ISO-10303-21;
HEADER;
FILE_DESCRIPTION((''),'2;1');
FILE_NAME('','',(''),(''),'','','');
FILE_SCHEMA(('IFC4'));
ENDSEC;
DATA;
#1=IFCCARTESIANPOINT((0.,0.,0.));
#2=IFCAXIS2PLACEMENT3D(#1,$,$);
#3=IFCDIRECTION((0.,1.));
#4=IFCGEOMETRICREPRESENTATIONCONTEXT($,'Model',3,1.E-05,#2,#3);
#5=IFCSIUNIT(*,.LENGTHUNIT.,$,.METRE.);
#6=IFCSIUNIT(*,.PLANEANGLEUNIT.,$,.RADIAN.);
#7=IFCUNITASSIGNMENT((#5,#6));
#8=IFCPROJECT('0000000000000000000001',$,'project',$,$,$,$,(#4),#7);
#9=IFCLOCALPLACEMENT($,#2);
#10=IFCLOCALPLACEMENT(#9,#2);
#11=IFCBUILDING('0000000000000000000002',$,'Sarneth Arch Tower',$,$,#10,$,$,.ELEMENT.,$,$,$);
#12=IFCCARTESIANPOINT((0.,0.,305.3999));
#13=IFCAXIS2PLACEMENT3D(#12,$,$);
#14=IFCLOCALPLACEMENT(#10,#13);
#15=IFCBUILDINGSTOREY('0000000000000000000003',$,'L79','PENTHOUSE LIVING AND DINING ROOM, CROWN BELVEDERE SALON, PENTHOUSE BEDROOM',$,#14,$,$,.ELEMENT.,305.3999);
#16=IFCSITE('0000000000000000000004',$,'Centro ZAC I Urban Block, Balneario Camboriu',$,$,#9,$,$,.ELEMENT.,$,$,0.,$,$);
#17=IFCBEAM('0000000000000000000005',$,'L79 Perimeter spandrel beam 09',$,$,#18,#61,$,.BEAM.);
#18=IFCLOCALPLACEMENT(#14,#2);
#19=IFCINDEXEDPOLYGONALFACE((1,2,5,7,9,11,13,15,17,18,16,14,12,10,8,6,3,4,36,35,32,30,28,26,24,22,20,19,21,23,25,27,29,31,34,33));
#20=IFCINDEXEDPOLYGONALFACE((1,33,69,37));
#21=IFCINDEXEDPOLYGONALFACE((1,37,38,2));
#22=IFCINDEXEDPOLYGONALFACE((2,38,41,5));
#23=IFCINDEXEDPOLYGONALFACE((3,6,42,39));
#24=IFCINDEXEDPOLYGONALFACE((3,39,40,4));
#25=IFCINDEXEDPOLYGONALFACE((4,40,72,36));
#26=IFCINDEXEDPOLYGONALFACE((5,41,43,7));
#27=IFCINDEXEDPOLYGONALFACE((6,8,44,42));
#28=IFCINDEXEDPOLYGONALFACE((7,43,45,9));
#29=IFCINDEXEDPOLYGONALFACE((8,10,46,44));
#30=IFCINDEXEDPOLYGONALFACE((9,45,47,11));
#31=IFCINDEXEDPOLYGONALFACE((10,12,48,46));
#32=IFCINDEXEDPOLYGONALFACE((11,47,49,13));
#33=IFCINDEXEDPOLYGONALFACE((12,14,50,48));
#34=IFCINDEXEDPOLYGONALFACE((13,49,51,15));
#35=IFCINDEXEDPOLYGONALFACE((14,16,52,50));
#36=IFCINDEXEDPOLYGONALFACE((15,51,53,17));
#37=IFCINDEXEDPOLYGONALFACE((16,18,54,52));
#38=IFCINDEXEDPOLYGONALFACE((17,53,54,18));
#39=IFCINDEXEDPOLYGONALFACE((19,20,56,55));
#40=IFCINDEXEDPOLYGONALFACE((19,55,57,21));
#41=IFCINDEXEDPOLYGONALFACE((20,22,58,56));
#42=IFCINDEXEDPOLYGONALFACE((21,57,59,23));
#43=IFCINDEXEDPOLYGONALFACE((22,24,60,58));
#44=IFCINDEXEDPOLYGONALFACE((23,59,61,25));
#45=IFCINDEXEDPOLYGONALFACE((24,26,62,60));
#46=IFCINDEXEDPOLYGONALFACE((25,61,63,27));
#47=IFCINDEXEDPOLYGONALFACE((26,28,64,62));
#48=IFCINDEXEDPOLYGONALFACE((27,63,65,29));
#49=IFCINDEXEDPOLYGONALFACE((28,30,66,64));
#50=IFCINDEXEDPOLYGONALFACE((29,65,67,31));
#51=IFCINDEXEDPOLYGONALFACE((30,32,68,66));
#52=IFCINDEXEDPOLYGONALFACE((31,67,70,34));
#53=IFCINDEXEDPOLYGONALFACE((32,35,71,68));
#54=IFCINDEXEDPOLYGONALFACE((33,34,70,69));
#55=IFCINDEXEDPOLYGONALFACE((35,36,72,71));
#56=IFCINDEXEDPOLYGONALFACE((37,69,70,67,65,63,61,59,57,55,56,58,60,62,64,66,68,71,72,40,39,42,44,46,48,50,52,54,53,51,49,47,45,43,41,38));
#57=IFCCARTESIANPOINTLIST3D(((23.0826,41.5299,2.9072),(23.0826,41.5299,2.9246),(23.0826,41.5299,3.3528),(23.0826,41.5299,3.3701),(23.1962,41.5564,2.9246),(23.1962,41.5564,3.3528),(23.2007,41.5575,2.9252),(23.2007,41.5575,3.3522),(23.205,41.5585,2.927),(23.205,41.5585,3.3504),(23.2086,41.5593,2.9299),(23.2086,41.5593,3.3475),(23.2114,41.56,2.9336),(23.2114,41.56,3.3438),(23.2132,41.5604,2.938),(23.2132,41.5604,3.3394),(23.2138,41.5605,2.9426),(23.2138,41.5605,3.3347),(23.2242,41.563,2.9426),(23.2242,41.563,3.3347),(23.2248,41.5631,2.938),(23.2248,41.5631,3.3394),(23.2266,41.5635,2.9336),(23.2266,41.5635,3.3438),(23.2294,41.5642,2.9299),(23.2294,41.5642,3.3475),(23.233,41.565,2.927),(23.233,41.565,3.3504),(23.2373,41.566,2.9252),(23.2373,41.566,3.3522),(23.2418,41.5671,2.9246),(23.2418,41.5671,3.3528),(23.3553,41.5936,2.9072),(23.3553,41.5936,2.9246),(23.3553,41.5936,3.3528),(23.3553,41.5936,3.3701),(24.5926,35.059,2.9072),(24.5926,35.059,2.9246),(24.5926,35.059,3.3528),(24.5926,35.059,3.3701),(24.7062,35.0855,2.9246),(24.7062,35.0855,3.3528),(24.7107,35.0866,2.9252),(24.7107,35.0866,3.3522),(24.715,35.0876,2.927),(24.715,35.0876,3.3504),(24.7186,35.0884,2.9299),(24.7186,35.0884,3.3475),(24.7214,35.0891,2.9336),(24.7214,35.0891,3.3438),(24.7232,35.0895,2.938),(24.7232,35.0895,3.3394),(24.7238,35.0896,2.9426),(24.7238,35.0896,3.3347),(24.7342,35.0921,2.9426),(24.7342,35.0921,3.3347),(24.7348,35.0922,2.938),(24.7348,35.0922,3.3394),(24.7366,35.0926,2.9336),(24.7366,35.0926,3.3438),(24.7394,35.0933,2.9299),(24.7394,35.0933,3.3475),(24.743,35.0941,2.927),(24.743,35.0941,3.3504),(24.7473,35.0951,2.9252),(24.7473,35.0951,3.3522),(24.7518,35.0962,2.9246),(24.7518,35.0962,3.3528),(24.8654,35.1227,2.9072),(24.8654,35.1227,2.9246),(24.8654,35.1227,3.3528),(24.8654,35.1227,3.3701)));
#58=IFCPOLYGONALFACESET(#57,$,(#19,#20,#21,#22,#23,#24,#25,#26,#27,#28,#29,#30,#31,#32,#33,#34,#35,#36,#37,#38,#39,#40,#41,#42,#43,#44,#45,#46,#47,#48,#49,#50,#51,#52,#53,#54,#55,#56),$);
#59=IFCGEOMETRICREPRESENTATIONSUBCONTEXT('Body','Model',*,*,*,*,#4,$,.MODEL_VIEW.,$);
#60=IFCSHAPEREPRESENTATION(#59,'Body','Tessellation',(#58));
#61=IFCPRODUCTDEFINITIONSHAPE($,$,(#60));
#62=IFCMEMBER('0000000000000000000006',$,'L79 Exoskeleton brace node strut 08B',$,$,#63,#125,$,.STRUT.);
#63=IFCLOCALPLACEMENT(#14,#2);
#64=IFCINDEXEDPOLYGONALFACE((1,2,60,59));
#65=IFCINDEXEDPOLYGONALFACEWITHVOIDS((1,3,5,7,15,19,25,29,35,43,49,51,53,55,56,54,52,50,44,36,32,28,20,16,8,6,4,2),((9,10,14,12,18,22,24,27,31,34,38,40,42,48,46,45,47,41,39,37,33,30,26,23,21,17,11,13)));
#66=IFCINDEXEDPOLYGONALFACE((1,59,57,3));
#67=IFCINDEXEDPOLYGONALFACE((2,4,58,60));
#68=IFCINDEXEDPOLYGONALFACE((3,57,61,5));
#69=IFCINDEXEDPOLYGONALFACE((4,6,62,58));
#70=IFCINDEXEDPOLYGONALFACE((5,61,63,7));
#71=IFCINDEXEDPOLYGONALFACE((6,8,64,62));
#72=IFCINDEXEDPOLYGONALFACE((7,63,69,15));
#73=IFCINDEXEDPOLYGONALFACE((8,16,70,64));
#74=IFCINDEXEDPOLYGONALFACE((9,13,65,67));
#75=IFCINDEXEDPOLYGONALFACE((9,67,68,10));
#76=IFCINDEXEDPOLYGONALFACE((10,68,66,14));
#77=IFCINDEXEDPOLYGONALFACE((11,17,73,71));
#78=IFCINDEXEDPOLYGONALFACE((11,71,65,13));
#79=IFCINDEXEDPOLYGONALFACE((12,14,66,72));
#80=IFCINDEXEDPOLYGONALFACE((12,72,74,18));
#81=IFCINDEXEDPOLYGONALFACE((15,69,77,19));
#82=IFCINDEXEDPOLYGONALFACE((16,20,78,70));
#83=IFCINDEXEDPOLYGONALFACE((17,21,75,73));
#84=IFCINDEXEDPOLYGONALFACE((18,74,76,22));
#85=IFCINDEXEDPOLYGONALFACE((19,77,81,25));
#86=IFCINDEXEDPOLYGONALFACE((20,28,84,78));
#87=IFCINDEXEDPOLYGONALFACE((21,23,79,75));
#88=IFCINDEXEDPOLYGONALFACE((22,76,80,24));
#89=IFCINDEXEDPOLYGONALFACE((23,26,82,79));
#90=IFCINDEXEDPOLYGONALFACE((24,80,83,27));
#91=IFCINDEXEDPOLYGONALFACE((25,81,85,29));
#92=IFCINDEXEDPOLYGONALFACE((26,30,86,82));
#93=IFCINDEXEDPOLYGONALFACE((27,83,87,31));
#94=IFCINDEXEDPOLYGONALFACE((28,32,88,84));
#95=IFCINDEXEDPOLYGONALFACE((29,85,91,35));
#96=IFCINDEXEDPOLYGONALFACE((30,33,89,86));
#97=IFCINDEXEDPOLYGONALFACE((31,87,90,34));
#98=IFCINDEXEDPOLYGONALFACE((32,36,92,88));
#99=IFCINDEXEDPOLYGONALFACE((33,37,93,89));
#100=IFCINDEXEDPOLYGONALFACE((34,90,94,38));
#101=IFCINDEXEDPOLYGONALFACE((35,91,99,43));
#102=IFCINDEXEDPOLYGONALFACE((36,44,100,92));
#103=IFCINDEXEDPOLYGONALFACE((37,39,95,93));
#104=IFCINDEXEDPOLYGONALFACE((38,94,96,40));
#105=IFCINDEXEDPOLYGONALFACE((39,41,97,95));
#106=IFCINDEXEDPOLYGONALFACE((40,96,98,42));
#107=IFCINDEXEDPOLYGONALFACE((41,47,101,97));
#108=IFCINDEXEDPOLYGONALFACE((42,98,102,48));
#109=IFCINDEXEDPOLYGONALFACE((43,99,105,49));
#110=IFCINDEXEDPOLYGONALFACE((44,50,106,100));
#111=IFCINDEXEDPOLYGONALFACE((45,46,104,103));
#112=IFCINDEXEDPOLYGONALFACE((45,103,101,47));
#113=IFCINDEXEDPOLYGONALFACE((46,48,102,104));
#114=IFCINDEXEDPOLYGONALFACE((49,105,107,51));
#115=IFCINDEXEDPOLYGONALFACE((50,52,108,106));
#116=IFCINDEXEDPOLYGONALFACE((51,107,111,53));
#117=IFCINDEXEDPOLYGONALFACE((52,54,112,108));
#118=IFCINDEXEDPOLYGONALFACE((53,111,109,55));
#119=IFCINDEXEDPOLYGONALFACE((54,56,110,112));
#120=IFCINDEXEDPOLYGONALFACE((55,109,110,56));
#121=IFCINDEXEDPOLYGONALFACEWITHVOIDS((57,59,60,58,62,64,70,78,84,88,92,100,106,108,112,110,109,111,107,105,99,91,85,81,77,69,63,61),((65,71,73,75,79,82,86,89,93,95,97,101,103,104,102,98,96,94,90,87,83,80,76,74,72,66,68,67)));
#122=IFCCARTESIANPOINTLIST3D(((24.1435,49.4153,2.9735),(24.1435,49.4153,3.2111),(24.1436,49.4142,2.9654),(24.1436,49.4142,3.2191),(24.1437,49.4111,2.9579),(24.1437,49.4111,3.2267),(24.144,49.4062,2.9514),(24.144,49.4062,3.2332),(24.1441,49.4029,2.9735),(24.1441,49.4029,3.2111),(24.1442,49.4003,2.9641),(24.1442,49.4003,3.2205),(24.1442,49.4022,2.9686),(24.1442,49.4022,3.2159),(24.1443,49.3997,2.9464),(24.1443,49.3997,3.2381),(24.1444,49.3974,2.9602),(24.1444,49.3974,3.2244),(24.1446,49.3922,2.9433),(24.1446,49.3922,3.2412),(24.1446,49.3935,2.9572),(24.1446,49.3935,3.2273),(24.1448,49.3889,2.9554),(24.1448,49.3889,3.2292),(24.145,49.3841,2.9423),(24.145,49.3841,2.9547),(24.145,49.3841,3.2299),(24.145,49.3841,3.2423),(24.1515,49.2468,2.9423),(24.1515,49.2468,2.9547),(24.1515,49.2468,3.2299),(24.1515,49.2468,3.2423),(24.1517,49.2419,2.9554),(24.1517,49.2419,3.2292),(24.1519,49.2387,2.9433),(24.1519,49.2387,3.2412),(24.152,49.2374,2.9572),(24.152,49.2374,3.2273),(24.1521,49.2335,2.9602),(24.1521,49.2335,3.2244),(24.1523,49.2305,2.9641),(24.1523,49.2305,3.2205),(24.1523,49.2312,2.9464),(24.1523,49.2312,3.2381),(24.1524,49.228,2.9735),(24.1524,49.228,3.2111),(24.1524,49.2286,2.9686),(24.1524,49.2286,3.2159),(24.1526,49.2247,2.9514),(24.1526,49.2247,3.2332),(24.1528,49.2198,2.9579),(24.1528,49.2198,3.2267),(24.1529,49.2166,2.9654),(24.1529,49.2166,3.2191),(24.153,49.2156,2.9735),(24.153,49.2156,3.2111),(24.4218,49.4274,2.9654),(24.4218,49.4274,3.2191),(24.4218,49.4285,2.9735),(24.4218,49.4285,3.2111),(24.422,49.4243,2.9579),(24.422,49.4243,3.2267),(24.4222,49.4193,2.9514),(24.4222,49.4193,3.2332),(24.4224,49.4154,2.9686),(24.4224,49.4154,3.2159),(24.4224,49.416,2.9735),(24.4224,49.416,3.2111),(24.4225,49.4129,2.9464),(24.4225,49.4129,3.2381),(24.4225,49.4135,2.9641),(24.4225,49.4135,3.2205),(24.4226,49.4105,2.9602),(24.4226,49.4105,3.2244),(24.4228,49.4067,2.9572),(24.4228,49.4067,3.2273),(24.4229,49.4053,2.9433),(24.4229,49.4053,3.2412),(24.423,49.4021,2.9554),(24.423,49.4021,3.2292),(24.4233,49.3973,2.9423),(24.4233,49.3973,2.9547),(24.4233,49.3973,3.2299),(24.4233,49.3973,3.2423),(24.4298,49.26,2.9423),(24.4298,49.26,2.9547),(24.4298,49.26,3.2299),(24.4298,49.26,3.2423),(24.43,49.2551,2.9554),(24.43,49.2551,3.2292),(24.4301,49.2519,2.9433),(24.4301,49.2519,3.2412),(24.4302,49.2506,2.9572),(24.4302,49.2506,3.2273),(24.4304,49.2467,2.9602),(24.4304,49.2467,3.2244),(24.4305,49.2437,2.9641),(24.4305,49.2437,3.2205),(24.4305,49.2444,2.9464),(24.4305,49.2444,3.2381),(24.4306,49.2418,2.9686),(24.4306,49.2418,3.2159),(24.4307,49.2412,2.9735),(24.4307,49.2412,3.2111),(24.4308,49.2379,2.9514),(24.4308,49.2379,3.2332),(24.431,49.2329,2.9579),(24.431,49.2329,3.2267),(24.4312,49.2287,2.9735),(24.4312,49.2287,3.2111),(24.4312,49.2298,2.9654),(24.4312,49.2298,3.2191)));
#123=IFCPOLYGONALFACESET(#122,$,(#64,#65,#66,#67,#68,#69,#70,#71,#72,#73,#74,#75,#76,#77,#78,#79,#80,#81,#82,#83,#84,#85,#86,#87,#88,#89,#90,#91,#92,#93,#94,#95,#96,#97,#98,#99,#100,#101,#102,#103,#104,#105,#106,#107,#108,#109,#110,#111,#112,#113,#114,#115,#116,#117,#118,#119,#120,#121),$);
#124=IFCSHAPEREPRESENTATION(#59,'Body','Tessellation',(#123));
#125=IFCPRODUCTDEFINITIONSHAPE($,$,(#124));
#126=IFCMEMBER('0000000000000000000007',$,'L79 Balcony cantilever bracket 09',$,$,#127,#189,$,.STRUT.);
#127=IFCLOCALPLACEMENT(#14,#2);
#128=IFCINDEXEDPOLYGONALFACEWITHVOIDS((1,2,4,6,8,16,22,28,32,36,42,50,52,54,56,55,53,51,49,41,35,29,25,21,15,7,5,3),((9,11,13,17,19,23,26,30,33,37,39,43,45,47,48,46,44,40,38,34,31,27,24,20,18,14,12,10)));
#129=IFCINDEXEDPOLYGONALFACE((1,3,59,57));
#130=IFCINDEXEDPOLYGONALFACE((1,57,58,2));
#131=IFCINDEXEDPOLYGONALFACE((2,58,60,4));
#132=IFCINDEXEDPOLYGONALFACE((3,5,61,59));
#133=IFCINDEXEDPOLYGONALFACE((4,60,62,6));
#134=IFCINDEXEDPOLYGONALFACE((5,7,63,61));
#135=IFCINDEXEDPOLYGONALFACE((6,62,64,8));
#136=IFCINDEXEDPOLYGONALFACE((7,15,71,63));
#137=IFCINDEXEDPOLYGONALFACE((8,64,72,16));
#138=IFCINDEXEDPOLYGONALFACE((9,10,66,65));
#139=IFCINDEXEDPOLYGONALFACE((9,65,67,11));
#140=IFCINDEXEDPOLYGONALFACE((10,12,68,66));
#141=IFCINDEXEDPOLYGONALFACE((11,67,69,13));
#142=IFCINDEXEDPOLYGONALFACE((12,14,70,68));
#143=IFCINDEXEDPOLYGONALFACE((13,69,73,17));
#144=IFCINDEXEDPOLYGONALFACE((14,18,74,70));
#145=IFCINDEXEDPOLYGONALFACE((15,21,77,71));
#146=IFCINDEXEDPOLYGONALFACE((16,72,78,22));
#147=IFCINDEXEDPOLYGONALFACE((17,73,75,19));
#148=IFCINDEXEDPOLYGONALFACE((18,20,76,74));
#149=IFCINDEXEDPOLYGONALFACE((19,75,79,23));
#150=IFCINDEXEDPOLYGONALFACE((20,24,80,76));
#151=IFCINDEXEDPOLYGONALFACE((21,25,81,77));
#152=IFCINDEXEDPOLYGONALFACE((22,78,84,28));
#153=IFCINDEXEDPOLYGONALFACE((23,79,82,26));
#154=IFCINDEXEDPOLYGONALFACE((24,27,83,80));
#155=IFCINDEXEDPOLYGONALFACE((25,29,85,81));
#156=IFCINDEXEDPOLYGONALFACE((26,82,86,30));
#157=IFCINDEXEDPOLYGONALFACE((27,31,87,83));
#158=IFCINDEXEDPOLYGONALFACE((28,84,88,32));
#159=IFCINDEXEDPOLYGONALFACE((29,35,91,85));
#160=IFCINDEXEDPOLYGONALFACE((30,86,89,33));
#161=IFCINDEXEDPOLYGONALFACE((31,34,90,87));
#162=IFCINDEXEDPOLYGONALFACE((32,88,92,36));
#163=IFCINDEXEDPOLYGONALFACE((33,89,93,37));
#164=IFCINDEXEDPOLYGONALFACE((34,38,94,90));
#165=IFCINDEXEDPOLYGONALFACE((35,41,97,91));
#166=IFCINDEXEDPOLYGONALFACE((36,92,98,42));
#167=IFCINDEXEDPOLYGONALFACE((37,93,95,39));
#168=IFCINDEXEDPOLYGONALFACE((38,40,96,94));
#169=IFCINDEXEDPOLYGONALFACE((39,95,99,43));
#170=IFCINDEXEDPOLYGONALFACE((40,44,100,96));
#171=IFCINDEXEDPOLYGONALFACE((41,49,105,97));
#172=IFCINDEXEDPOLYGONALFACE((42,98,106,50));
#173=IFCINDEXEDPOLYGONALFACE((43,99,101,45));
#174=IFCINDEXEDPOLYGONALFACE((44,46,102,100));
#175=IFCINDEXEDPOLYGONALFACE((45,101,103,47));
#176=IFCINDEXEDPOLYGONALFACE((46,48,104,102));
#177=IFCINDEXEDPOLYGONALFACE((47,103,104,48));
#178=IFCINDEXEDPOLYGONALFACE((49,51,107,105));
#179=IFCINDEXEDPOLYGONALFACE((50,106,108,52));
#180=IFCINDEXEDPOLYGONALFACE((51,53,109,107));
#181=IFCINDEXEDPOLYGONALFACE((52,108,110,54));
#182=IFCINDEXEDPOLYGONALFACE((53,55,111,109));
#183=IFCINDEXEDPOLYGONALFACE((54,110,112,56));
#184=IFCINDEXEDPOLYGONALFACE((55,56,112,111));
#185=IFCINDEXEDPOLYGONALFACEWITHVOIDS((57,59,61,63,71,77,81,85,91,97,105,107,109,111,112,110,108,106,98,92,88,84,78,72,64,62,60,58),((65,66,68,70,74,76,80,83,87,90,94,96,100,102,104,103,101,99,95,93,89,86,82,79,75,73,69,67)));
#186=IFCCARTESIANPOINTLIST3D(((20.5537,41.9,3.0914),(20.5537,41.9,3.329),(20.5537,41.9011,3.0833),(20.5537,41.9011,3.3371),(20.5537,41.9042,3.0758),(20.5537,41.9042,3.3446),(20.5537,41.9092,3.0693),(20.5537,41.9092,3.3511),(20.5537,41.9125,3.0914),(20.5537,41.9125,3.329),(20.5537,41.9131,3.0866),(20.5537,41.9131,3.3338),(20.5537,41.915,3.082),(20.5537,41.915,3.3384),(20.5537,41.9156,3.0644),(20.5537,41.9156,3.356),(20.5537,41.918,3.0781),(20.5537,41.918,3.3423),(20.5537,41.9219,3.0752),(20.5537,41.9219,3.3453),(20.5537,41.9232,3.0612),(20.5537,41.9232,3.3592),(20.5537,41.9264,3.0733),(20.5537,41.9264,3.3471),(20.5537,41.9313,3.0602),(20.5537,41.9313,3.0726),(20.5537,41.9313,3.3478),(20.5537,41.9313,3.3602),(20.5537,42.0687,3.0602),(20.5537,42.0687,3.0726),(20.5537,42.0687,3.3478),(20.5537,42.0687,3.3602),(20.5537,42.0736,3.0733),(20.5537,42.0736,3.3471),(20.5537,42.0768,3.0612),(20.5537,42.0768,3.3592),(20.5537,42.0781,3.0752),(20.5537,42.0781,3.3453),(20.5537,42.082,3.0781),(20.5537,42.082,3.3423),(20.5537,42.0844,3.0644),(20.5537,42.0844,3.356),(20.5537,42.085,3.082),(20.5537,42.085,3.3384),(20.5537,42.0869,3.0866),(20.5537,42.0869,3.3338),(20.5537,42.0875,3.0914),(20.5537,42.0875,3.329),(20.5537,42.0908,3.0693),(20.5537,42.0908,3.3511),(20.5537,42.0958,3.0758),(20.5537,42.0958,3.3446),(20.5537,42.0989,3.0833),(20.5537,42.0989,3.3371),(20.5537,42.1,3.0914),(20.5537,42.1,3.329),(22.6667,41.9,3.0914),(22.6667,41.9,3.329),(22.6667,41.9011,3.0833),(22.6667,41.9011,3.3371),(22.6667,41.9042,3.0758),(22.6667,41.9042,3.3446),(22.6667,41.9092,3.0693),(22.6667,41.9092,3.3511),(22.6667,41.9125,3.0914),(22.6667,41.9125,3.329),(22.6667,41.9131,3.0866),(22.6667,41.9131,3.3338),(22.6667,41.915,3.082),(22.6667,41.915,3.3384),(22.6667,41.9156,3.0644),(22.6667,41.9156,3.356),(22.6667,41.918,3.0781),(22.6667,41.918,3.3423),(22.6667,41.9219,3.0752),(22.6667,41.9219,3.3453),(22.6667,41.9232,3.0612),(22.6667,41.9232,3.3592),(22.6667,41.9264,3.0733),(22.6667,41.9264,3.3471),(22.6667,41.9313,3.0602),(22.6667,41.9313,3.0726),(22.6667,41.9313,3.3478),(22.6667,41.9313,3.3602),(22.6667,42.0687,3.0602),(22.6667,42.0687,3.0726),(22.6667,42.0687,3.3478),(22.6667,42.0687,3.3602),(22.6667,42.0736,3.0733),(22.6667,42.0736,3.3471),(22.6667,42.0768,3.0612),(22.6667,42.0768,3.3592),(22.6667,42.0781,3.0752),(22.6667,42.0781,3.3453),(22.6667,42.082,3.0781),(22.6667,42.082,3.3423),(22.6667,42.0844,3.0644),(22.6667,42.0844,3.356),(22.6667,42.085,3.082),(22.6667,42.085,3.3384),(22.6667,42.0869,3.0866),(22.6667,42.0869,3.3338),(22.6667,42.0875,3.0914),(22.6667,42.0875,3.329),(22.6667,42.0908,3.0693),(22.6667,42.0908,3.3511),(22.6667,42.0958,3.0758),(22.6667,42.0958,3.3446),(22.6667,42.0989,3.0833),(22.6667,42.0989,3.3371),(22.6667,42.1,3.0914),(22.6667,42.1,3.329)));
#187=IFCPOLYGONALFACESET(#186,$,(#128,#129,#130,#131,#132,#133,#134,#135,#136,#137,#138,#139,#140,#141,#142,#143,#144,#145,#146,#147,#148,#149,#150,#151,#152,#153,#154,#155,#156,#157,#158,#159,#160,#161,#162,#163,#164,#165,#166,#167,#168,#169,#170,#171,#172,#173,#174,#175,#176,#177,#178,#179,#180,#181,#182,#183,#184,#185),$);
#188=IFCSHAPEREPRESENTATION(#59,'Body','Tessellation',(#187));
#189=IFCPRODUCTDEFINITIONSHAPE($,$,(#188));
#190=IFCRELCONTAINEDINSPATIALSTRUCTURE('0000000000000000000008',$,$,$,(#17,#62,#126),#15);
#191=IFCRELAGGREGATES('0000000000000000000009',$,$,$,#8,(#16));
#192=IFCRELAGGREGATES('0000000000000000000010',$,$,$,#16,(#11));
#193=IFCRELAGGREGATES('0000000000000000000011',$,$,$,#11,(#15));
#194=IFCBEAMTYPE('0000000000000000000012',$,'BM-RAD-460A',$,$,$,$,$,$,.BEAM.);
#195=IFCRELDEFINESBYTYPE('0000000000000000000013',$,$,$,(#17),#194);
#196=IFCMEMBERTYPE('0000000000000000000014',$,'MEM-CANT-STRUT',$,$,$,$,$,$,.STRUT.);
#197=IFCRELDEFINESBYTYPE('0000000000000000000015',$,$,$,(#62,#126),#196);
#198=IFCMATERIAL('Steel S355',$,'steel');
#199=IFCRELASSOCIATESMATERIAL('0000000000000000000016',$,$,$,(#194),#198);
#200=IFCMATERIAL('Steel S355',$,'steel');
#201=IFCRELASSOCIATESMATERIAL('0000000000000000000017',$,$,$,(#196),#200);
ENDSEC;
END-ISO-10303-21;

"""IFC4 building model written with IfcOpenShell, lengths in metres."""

from ifc_helpers import new_model, si_unit, direction, frame, origin, origin_2d, place, context, subcontext, project, spatial, hollow_rectangle, i_section, extrude, material, material_profile, profile_set, type_object, element, save


model = new_model("IFC4")

# Units and contexts
model_context = context("Model", 3, precision=1e-05, world=origin(), true_north=direction((0.0, 1.0)))
body_context = subcontext(model_context, "Body", "Model", "MODEL_VIEW")
ifc_project = project(units=[si_unit("LENGTHUNIT", "METRE"), si_unit("PLANEANGLEUNIT", "RADIAN")], contexts=[model_context])

# Site, building, storey
site_placement = place(None, origin())
site = spatial("IfcSite", under=ifc_project, at=site_placement, Name="Centro ZAC I Urban Block, Balneario Camboriu", CompositionType="ELEMENT", RefElevation=0.0)
building_placement = place(site_placement, origin())
building = spatial("IfcBuilding", under=site, at=building_placement, Name="Sarneth Arch Tower", CompositionType="ELEMENT")
storey_placement = place(building_placement, frame((0.0, 0.0, 305.3999)))
storey = spatial("IfcBuildingStorey", under=building, at=storey_placement, Name="L79", Description="PENTHOUSE LIVING AND DINING ROOM, CROWN BELVEDERE SALON, PENTHOUSE BEDROOM", CompositionType="ELEMENT", Elevation=305.3999)

# Beam
ifc_material_1 = material(Name="Steel S355", Category="steel")
ifc_material_profile_1 = material_profile(ifc_material_1, i_section(OverallWidth=0.28, OverallDepth=0.4629, WebThickness=0.0107, FlangeThickness=0.0173, FilletRadius=0.0181, at=origin_2d()), Name="W460x113")
ifc_profile_set_1 = profile_set([ifc_material_profile_1], Name="Steel S355")
beam_type_1 = type_object("IfcBeamType", Name="BM-RAD-460A", PredefinedType="BEAM", material=ifc_profile_set_1)
for number, where, z_axis, x_axis, name in (
    (1, (23.219, 41.5618, 3.1387), (0.227247, -0.973837, 0.0), (0.973837, 0.227247, 0.0), "L79 Perimeter spandrel beam 09"),
):
    element("IfcBeam", number, at=place(storey_placement, frame(where, z_axis=z_axis, x_axis=x_axis)), inside=storey, type_object=beam_type_1, Name=name, PredefinedType="BEAM", context=body_context, shape_type="SweptSolid", body=[
        extrude(i_section(OverallWidth=0.28, OverallDepth=0.4629, WebThickness=0.0107, FlangeThickness=0.0173, FilletRadius=0.0181, at=origin_2d()), origin(), (0.0, 0.0, 1.0), 6.6448),
    ])

# Members
ifc_material_2 = material(Name="Steel S355", Category="steel")
ifc_material_profile_2 = material_profile(ifc_material_2, hollow_rectangle(XDim=0.2, YDim=0.3, WallThickness=0.0125, InnerFilletRadius=0.0188, OuterFilletRadius=0.0312, at=origin_2d()), Name="RHS300x200x12.5")
ifc_profile_set_2 = profile_set([ifc_material_profile_2], Name="Steel S355")
member_type_1 = type_object("IfcMemberType", Name="MEM-CANT-STRUT", PredefinedType="STRUT", material=ifc_profile_set_2)
member_1_placement = place(storey_placement, frame((24.4265, 49.3286, 3.0923), z_axis=(-0.99888, -0.047315, 0.0), x_axis=(0.047315, -0.99888, 0.0)))
element("IfcMember", 2, at=member_1_placement, inside=storey, type_object=member_type_1, Name="L79 Exoskeleton brace node strut 08B", PredefinedType="STRUT", context=body_context, shape_type="SweptSolid", body=[
    extrude(hollow_rectangle(XDim=0.2, YDim=0.3, WallThickness=0.0125, InnerFilletRadius=0.0188, OuterFilletRadius=0.0312, at=origin_2d()), origin(), (0.0, 0.0, 1.0), 0.2786),
])
member_2_placement = place(storey_placement, frame((22.6667, 42.0, 3.2102), z_axis=(-1.0, 0.0, 0.0), x_axis=(0.0, -1.0, 0.0)))
element("IfcMember", 3, at=member_2_placement, inside=storey, type_object=member_type_1, Name="L79 Balcony cantilever bracket 09", PredefinedType="STRUT", context=body_context, shape_type="SweptSolid", body=[
    extrude(hollow_rectangle(XDim=0.2, YDim=0.3, WallThickness=0.0125, InnerFilletRadius=0.0188, OuterFilletRadius=0.0312, at=origin_2d()), origin(), (0.0, 0.0, 1.0), 2.113),
])

save(model, "model.ifc")
